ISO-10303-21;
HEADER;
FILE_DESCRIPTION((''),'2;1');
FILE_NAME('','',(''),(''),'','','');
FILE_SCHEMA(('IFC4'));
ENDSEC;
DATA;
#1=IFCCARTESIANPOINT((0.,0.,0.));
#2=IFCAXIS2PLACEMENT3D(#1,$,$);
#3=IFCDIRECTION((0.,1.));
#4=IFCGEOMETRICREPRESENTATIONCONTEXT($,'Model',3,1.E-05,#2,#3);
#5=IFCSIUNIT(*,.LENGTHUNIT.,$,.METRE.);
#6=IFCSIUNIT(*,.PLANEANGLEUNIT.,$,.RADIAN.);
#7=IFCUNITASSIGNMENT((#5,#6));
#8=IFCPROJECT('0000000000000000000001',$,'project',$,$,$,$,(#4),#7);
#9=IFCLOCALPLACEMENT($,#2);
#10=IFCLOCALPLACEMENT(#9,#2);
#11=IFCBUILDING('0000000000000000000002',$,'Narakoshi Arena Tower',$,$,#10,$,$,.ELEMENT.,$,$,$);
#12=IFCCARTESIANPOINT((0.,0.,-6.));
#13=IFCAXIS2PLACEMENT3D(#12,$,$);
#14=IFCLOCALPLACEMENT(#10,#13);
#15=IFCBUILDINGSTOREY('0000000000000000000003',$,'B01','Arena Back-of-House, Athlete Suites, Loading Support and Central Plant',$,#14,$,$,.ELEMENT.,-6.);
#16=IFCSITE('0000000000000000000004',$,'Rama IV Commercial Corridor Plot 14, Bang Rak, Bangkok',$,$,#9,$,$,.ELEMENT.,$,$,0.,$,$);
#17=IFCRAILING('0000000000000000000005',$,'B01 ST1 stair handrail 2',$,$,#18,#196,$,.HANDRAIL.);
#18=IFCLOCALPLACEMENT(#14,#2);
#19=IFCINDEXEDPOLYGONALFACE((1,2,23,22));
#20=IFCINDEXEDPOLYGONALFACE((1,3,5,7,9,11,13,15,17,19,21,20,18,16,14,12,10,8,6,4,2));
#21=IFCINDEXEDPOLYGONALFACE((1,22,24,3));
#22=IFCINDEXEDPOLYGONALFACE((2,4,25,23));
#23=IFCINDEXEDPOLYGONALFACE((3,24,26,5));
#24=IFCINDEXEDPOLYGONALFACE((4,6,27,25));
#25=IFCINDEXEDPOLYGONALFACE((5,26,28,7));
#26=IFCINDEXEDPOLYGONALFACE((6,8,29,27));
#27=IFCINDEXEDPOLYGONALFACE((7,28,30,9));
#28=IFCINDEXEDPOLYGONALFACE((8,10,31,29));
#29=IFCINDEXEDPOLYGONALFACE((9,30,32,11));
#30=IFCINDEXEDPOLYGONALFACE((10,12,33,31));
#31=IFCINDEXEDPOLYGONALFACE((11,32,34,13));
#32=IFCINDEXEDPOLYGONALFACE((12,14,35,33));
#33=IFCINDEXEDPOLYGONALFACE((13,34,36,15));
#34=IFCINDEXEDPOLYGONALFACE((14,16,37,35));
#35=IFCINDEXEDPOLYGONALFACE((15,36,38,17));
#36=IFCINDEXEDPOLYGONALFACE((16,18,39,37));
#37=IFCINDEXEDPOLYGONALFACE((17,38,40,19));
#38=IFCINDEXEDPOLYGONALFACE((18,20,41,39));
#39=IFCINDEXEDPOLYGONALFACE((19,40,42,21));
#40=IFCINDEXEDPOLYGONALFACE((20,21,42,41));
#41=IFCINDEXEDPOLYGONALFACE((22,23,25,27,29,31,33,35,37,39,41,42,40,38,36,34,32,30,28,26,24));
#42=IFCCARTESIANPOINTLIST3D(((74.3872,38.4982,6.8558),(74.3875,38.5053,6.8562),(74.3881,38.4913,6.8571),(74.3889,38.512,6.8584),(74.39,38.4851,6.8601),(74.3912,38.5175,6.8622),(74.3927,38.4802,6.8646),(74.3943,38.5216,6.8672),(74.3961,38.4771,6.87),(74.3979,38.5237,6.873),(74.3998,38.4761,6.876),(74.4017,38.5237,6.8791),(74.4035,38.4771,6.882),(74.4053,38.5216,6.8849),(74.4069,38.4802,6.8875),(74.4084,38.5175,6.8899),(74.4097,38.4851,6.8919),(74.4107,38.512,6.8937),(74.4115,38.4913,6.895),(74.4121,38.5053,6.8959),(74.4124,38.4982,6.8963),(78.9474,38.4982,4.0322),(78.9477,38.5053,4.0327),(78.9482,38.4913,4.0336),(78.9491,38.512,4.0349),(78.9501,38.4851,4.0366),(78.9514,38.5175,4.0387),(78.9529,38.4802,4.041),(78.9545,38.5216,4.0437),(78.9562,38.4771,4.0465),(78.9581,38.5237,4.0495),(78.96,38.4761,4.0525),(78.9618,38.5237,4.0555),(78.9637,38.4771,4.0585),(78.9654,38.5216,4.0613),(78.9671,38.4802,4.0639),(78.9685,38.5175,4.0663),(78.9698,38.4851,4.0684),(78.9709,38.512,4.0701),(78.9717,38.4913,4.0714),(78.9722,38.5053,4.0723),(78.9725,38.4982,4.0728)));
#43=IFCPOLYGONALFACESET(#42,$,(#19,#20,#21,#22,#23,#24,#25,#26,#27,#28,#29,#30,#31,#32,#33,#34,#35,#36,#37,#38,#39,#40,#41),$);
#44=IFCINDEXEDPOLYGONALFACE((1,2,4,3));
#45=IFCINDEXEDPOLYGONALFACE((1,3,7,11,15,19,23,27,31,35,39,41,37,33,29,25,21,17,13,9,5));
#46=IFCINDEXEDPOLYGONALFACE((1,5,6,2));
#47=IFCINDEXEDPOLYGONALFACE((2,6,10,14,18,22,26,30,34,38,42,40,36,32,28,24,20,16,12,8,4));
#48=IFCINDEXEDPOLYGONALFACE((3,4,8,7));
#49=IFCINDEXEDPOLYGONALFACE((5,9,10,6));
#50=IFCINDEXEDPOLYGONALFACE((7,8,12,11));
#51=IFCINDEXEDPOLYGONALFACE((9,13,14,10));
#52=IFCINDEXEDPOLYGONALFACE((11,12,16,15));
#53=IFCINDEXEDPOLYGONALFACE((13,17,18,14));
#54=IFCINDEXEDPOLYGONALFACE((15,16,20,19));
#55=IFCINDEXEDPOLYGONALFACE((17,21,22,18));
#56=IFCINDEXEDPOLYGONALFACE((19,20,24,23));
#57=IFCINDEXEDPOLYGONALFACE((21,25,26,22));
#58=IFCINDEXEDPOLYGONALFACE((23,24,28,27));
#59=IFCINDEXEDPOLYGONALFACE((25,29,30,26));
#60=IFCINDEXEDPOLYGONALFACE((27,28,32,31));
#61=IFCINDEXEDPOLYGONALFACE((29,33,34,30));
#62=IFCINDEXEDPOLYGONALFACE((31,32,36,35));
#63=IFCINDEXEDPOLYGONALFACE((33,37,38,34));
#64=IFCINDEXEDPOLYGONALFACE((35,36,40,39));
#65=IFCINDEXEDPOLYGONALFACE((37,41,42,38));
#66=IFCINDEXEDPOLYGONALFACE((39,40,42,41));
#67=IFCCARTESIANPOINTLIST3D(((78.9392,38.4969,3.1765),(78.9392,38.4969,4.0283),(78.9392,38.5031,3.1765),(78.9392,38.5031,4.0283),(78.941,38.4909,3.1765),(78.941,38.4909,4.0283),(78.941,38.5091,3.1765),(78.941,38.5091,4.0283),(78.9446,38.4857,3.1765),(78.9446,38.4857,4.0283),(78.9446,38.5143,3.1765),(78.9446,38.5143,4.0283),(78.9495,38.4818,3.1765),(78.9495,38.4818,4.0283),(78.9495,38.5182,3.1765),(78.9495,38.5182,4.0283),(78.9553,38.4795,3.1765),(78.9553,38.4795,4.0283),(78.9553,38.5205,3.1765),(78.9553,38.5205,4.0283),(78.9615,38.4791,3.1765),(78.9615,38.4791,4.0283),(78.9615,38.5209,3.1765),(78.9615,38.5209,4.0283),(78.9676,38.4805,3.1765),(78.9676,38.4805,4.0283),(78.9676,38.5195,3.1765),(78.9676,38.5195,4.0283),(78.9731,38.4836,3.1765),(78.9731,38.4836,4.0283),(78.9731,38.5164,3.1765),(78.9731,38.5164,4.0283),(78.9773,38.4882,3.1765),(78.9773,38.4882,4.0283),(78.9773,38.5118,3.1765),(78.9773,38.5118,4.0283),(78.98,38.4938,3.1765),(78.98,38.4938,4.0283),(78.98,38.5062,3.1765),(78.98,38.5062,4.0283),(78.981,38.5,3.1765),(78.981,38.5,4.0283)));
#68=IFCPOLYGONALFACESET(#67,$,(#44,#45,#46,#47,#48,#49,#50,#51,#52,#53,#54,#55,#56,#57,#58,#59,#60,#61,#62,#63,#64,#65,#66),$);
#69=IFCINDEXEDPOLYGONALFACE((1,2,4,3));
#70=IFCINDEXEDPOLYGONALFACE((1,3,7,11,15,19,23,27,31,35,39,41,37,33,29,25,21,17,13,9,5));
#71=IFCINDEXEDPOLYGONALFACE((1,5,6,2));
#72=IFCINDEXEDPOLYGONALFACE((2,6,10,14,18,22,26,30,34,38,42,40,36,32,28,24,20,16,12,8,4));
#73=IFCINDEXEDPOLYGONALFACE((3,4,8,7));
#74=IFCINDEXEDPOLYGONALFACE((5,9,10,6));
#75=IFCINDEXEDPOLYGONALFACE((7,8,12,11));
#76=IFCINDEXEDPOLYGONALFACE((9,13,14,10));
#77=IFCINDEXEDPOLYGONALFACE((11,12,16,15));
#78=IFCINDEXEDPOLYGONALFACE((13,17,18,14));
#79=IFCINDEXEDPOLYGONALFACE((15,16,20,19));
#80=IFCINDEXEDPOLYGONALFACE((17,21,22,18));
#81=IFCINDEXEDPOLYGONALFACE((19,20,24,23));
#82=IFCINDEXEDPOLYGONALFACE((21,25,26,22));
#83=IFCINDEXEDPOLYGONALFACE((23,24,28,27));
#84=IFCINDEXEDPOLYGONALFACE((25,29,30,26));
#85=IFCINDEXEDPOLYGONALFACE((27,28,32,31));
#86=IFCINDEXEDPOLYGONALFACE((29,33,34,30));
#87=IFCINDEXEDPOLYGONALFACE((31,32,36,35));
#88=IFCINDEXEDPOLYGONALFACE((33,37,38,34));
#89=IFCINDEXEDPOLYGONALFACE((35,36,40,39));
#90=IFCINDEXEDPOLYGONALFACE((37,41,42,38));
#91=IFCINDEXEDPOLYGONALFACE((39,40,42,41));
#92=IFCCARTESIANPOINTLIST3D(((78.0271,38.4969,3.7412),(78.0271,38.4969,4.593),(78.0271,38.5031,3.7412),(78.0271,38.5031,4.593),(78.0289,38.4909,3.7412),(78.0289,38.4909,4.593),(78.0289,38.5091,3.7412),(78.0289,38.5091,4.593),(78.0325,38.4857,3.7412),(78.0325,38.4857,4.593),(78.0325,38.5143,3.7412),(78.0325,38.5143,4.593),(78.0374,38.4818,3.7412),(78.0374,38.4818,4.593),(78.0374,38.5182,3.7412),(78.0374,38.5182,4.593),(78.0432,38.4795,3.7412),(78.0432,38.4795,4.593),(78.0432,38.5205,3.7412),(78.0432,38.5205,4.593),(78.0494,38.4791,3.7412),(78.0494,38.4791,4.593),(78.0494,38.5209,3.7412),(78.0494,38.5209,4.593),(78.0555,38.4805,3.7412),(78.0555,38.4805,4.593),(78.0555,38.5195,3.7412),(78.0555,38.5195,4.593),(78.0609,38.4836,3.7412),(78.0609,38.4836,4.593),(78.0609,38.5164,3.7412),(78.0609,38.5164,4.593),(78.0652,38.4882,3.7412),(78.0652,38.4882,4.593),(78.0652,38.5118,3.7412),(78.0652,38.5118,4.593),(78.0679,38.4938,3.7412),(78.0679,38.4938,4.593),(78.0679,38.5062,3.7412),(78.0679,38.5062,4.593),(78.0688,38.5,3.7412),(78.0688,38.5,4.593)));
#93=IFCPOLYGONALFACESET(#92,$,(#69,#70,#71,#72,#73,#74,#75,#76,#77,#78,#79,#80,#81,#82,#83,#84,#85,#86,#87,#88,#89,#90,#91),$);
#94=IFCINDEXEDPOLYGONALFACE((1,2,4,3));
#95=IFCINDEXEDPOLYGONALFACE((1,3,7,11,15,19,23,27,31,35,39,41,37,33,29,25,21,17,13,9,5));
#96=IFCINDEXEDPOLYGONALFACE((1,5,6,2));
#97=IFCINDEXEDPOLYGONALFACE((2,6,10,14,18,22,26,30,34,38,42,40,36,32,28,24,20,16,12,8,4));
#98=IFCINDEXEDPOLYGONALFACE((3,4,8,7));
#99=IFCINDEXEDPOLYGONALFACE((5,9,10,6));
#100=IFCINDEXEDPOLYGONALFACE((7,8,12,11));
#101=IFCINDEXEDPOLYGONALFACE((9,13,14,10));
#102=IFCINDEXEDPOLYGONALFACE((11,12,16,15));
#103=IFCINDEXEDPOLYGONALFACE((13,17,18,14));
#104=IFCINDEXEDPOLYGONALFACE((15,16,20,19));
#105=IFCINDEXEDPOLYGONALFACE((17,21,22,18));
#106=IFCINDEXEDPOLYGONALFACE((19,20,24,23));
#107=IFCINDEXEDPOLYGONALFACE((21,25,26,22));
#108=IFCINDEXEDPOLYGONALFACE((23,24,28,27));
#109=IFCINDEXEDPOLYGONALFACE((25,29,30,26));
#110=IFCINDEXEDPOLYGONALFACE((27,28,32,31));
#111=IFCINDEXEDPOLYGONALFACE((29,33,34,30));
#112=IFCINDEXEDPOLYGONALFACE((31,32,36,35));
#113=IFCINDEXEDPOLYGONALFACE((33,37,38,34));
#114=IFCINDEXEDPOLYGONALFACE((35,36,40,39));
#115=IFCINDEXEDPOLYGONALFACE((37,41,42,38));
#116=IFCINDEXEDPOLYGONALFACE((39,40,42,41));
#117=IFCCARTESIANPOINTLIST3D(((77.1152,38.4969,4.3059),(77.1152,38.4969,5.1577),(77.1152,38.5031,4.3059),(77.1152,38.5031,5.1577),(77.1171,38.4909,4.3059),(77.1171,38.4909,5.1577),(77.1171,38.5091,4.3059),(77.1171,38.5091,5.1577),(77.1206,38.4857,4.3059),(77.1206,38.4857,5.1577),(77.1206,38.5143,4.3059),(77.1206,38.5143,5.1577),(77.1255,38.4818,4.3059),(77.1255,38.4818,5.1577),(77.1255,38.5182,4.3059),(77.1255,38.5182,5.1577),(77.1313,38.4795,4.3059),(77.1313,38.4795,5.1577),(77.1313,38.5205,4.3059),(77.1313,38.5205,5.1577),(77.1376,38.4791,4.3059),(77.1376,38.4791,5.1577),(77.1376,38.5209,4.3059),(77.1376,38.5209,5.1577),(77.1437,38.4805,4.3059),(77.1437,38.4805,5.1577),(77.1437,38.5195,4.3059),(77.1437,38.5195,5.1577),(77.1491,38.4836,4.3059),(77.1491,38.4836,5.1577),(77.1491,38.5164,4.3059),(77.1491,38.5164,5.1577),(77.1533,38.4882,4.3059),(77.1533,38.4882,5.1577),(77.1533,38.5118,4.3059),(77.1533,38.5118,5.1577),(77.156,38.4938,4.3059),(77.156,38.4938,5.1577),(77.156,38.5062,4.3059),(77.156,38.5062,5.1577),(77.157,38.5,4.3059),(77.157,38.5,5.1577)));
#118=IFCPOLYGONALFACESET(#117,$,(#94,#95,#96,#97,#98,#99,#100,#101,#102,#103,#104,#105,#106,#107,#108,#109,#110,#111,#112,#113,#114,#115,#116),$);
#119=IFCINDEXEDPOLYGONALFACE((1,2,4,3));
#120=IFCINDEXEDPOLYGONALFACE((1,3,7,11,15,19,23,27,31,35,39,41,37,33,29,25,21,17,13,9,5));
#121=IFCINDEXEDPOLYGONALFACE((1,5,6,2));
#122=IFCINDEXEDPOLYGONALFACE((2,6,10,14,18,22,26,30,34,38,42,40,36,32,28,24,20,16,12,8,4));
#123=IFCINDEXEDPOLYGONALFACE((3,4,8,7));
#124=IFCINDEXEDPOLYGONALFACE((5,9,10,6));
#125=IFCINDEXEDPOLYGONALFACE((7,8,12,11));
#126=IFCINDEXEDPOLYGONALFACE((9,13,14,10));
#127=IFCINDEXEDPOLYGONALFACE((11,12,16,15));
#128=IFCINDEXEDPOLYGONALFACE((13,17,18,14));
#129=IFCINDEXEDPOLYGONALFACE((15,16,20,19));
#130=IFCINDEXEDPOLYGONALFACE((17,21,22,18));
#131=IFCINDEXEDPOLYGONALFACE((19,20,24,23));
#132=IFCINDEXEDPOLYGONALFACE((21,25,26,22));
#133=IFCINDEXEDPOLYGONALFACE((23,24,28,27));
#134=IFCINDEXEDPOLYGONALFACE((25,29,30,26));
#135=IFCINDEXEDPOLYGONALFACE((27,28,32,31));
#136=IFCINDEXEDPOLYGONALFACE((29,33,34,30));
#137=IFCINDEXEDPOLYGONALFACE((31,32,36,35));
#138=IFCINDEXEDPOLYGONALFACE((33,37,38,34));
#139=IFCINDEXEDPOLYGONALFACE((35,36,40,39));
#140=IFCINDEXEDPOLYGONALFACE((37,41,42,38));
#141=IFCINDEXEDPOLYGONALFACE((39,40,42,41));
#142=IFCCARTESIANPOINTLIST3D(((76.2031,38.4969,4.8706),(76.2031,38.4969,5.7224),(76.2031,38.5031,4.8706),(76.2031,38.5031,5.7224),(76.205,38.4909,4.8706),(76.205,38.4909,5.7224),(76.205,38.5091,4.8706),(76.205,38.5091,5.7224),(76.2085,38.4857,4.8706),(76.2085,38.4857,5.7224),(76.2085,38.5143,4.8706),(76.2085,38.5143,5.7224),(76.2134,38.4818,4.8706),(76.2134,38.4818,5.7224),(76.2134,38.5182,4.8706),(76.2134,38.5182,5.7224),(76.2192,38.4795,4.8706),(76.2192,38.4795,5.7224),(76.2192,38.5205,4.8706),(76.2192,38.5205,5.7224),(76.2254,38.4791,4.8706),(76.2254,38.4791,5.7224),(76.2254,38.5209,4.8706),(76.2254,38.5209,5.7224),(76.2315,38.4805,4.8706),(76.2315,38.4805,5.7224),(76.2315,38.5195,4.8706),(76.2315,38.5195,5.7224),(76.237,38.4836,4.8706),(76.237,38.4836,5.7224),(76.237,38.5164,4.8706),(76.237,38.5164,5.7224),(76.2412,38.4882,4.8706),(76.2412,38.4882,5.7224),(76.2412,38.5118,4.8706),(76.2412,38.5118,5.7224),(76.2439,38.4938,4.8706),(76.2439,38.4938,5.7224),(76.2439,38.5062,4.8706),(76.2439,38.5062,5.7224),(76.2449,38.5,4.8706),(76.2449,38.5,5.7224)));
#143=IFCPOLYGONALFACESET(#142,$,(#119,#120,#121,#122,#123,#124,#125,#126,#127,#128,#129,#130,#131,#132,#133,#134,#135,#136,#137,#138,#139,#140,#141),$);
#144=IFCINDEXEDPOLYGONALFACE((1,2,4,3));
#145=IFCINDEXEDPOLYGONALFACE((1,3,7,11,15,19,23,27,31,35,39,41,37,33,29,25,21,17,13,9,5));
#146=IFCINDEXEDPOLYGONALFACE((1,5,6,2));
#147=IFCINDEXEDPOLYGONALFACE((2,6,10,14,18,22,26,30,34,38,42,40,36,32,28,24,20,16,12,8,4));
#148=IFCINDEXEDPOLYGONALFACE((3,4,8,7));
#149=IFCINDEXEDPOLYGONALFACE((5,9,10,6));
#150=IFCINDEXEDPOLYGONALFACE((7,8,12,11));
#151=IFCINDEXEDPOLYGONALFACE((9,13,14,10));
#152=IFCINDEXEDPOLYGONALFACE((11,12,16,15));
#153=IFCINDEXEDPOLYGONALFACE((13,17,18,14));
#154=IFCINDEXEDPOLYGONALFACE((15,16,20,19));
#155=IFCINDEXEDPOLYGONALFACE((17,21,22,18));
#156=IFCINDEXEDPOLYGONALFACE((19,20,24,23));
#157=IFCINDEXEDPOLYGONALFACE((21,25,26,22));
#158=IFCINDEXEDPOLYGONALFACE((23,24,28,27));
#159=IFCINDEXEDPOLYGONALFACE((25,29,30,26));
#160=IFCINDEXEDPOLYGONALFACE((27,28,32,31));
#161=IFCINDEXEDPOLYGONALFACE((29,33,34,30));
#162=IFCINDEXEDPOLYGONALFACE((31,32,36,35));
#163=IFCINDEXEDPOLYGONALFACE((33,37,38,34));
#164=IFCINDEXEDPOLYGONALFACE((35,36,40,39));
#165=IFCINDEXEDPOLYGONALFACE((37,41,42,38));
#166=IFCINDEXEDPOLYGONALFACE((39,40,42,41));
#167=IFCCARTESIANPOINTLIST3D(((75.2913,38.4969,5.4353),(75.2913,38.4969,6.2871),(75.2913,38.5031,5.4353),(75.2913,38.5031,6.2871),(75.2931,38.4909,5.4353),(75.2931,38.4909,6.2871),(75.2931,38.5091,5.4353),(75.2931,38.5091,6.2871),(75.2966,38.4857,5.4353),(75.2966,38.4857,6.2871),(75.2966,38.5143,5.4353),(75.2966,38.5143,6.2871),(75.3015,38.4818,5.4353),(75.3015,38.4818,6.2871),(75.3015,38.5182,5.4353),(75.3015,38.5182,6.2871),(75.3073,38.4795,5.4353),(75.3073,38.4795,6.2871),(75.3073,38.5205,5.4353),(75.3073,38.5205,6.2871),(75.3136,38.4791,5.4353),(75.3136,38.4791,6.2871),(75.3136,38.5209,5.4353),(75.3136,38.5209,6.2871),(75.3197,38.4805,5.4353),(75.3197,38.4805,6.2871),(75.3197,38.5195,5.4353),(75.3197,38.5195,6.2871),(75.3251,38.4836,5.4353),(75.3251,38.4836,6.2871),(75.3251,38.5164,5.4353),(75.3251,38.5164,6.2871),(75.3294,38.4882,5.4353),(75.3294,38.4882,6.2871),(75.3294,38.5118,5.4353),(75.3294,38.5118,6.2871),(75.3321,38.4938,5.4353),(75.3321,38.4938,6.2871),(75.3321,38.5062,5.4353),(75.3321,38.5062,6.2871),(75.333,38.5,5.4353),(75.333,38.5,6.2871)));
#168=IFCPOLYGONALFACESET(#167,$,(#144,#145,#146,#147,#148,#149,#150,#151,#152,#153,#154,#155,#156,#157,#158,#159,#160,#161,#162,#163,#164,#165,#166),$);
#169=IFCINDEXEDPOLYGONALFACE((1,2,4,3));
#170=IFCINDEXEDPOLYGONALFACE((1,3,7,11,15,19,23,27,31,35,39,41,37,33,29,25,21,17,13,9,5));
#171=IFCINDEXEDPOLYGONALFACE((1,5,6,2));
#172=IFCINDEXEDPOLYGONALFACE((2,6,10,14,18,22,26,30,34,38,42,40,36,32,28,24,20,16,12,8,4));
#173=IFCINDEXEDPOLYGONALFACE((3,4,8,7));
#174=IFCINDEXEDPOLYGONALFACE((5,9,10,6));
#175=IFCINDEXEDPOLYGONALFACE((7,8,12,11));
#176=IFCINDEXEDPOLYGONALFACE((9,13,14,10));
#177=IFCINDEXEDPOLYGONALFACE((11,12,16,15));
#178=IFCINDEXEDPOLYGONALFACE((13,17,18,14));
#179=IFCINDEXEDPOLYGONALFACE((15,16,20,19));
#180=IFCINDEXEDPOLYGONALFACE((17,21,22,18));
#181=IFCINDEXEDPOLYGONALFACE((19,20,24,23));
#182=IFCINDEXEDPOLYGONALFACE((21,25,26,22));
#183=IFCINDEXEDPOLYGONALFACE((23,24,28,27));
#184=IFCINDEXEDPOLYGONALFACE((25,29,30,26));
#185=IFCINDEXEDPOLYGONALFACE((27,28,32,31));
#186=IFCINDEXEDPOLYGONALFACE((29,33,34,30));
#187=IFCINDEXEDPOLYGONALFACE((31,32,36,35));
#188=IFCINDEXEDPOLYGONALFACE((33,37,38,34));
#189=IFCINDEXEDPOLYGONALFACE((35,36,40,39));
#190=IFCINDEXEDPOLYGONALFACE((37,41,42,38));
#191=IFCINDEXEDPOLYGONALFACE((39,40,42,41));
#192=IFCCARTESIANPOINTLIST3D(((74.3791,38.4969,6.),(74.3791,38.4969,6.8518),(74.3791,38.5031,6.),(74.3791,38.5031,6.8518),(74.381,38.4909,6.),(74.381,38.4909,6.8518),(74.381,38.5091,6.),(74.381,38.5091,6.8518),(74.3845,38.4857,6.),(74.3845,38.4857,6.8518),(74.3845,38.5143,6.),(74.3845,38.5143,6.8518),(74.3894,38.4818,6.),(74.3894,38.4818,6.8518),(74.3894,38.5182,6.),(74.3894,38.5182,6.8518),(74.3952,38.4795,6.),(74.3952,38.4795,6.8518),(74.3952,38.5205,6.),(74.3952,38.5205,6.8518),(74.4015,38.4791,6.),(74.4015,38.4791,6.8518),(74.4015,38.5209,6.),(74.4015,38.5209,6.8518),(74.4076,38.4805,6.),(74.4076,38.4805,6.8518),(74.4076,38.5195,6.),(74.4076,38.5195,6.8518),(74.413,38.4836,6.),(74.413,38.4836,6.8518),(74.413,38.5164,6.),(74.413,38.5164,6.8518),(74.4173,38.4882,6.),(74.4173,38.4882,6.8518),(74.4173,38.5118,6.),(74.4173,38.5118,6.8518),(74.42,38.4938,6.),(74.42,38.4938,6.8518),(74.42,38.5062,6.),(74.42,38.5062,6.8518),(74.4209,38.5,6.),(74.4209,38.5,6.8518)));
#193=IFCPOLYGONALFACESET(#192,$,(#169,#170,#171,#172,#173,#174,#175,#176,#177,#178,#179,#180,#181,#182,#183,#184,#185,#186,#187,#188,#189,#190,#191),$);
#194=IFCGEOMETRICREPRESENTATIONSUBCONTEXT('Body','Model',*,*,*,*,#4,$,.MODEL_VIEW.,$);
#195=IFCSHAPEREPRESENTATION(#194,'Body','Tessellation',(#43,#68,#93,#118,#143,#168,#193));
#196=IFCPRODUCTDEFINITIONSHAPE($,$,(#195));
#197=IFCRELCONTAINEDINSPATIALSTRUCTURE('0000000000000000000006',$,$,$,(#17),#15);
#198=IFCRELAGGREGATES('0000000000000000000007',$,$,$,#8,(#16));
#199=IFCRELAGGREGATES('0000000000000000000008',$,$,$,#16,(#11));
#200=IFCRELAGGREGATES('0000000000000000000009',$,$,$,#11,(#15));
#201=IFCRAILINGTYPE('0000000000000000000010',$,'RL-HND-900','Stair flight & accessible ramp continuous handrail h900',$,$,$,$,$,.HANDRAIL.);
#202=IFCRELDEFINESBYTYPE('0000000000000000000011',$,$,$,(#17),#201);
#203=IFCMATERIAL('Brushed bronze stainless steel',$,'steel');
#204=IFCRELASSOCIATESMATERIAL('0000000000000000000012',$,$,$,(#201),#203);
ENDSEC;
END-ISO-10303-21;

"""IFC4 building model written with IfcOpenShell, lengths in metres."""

from ifc_helpers import new_model, si_unit, direction, frame, origin, origin_2d, place, context, subcontext, project, spatial, circle, extrude, material, type_object, element, save


model = new_model("IFC4")

# Units and contexts
model_context = context("Model", 3, precision=1e-05, world=origin(), true_north=direction((0.0, 1.0)))
body_context = subcontext(model_context, "Body", "Model", "MODEL_VIEW")
ifc_project = project(units=[si_unit("LENGTHUNIT", "METRE"), si_unit("PLANEANGLEUNIT", "RADIAN")], contexts=[model_context])

# Site, building, storey
site_placement = place(None, origin())
site = spatial("IfcSite", under=ifc_project, at=site_placement, Name="Rama IV Commercial Corridor Plot 14, Bang Rak, Bangkok", CompositionType="ELEMENT", RefElevation=0.0)
building_placement = place(site_placement, origin())
building = spatial("IfcBuilding", under=site, at=building_placement, Name="Narakoshi Arena Tower", CompositionType="ELEMENT")
storey_placement = place(building_placement, frame((0.0, 0.0, -6.0)))
storey = spatial("IfcBuildingStorey", under=building, at=storey_placement, Name="B01", Description="Arena Back-of-House, Athlete Suites, Loading Support and Central Plant", CompositionType="ELEMENT", Elevation=-6.0)

# Railing
ifc_material_1 = material(Name="Brushed bronze stainless steel", Category="steel")
railing_type_1 = type_object("IfcRailingType", Name="RL-HND-900", Description="Stair flight & accessible ramp continuous handrail h900", PredefinedType="HANDRAIL", material=ifc_material_1)
railing_1_placement = place(storey_placement, frame((78.96, 38.5, 3.1765)))
element("IfcRailing", 1, at=railing_1_placement, inside=storey, type_object=railing_type_1, Name="B01 ST1 stair handrail 2", PredefinedType="HANDRAIL", context=body_context, shape_type="SweptSolid", body=[
    extrude(circle(Radius=0.0239, at=origin_2d()), frame((0.0, 0.0, 0.876), z_axis=(-0.850216, 0.0, 0.526435), x_axis=(0.0, -1.0, 0.0)), (0.0, 0.0, 1.0), 5.3635),
    extrude(circle(Radius=0.021, at=origin_2d()), origin(), (0.0, 0.0, 1.0), 0.8518),
    extrude(circle(Radius=0.021, at=origin_2d()), frame((-0.9121, 0.0, 0.5647)), (0.0, 0.0, 1.0), 0.8518),
    extrude(circle(Radius=0.021, at=origin_2d()), frame((-1.824, 0.0, 1.1294)), (0.0, 0.0, 1.0), 0.8518),
    extrude(circle(Radius=0.021, at=origin_2d()), frame((-2.7361, 0.0, 1.6941)), (0.0, 0.0, 1.0), 0.8518),
    extrude(circle(Radius=0.021, at=origin_2d()), frame((-3.6479, 0.0, 2.2588)), (0.0, 0.0, 1.0), 0.8518),
    extrude(circle(Radius=0.021, at=origin_2d()), frame((-4.5601, 0.0, 2.8235)), (0.0, 0.0, 1.0), 0.8518),
])

save(model, "model.ifc")
